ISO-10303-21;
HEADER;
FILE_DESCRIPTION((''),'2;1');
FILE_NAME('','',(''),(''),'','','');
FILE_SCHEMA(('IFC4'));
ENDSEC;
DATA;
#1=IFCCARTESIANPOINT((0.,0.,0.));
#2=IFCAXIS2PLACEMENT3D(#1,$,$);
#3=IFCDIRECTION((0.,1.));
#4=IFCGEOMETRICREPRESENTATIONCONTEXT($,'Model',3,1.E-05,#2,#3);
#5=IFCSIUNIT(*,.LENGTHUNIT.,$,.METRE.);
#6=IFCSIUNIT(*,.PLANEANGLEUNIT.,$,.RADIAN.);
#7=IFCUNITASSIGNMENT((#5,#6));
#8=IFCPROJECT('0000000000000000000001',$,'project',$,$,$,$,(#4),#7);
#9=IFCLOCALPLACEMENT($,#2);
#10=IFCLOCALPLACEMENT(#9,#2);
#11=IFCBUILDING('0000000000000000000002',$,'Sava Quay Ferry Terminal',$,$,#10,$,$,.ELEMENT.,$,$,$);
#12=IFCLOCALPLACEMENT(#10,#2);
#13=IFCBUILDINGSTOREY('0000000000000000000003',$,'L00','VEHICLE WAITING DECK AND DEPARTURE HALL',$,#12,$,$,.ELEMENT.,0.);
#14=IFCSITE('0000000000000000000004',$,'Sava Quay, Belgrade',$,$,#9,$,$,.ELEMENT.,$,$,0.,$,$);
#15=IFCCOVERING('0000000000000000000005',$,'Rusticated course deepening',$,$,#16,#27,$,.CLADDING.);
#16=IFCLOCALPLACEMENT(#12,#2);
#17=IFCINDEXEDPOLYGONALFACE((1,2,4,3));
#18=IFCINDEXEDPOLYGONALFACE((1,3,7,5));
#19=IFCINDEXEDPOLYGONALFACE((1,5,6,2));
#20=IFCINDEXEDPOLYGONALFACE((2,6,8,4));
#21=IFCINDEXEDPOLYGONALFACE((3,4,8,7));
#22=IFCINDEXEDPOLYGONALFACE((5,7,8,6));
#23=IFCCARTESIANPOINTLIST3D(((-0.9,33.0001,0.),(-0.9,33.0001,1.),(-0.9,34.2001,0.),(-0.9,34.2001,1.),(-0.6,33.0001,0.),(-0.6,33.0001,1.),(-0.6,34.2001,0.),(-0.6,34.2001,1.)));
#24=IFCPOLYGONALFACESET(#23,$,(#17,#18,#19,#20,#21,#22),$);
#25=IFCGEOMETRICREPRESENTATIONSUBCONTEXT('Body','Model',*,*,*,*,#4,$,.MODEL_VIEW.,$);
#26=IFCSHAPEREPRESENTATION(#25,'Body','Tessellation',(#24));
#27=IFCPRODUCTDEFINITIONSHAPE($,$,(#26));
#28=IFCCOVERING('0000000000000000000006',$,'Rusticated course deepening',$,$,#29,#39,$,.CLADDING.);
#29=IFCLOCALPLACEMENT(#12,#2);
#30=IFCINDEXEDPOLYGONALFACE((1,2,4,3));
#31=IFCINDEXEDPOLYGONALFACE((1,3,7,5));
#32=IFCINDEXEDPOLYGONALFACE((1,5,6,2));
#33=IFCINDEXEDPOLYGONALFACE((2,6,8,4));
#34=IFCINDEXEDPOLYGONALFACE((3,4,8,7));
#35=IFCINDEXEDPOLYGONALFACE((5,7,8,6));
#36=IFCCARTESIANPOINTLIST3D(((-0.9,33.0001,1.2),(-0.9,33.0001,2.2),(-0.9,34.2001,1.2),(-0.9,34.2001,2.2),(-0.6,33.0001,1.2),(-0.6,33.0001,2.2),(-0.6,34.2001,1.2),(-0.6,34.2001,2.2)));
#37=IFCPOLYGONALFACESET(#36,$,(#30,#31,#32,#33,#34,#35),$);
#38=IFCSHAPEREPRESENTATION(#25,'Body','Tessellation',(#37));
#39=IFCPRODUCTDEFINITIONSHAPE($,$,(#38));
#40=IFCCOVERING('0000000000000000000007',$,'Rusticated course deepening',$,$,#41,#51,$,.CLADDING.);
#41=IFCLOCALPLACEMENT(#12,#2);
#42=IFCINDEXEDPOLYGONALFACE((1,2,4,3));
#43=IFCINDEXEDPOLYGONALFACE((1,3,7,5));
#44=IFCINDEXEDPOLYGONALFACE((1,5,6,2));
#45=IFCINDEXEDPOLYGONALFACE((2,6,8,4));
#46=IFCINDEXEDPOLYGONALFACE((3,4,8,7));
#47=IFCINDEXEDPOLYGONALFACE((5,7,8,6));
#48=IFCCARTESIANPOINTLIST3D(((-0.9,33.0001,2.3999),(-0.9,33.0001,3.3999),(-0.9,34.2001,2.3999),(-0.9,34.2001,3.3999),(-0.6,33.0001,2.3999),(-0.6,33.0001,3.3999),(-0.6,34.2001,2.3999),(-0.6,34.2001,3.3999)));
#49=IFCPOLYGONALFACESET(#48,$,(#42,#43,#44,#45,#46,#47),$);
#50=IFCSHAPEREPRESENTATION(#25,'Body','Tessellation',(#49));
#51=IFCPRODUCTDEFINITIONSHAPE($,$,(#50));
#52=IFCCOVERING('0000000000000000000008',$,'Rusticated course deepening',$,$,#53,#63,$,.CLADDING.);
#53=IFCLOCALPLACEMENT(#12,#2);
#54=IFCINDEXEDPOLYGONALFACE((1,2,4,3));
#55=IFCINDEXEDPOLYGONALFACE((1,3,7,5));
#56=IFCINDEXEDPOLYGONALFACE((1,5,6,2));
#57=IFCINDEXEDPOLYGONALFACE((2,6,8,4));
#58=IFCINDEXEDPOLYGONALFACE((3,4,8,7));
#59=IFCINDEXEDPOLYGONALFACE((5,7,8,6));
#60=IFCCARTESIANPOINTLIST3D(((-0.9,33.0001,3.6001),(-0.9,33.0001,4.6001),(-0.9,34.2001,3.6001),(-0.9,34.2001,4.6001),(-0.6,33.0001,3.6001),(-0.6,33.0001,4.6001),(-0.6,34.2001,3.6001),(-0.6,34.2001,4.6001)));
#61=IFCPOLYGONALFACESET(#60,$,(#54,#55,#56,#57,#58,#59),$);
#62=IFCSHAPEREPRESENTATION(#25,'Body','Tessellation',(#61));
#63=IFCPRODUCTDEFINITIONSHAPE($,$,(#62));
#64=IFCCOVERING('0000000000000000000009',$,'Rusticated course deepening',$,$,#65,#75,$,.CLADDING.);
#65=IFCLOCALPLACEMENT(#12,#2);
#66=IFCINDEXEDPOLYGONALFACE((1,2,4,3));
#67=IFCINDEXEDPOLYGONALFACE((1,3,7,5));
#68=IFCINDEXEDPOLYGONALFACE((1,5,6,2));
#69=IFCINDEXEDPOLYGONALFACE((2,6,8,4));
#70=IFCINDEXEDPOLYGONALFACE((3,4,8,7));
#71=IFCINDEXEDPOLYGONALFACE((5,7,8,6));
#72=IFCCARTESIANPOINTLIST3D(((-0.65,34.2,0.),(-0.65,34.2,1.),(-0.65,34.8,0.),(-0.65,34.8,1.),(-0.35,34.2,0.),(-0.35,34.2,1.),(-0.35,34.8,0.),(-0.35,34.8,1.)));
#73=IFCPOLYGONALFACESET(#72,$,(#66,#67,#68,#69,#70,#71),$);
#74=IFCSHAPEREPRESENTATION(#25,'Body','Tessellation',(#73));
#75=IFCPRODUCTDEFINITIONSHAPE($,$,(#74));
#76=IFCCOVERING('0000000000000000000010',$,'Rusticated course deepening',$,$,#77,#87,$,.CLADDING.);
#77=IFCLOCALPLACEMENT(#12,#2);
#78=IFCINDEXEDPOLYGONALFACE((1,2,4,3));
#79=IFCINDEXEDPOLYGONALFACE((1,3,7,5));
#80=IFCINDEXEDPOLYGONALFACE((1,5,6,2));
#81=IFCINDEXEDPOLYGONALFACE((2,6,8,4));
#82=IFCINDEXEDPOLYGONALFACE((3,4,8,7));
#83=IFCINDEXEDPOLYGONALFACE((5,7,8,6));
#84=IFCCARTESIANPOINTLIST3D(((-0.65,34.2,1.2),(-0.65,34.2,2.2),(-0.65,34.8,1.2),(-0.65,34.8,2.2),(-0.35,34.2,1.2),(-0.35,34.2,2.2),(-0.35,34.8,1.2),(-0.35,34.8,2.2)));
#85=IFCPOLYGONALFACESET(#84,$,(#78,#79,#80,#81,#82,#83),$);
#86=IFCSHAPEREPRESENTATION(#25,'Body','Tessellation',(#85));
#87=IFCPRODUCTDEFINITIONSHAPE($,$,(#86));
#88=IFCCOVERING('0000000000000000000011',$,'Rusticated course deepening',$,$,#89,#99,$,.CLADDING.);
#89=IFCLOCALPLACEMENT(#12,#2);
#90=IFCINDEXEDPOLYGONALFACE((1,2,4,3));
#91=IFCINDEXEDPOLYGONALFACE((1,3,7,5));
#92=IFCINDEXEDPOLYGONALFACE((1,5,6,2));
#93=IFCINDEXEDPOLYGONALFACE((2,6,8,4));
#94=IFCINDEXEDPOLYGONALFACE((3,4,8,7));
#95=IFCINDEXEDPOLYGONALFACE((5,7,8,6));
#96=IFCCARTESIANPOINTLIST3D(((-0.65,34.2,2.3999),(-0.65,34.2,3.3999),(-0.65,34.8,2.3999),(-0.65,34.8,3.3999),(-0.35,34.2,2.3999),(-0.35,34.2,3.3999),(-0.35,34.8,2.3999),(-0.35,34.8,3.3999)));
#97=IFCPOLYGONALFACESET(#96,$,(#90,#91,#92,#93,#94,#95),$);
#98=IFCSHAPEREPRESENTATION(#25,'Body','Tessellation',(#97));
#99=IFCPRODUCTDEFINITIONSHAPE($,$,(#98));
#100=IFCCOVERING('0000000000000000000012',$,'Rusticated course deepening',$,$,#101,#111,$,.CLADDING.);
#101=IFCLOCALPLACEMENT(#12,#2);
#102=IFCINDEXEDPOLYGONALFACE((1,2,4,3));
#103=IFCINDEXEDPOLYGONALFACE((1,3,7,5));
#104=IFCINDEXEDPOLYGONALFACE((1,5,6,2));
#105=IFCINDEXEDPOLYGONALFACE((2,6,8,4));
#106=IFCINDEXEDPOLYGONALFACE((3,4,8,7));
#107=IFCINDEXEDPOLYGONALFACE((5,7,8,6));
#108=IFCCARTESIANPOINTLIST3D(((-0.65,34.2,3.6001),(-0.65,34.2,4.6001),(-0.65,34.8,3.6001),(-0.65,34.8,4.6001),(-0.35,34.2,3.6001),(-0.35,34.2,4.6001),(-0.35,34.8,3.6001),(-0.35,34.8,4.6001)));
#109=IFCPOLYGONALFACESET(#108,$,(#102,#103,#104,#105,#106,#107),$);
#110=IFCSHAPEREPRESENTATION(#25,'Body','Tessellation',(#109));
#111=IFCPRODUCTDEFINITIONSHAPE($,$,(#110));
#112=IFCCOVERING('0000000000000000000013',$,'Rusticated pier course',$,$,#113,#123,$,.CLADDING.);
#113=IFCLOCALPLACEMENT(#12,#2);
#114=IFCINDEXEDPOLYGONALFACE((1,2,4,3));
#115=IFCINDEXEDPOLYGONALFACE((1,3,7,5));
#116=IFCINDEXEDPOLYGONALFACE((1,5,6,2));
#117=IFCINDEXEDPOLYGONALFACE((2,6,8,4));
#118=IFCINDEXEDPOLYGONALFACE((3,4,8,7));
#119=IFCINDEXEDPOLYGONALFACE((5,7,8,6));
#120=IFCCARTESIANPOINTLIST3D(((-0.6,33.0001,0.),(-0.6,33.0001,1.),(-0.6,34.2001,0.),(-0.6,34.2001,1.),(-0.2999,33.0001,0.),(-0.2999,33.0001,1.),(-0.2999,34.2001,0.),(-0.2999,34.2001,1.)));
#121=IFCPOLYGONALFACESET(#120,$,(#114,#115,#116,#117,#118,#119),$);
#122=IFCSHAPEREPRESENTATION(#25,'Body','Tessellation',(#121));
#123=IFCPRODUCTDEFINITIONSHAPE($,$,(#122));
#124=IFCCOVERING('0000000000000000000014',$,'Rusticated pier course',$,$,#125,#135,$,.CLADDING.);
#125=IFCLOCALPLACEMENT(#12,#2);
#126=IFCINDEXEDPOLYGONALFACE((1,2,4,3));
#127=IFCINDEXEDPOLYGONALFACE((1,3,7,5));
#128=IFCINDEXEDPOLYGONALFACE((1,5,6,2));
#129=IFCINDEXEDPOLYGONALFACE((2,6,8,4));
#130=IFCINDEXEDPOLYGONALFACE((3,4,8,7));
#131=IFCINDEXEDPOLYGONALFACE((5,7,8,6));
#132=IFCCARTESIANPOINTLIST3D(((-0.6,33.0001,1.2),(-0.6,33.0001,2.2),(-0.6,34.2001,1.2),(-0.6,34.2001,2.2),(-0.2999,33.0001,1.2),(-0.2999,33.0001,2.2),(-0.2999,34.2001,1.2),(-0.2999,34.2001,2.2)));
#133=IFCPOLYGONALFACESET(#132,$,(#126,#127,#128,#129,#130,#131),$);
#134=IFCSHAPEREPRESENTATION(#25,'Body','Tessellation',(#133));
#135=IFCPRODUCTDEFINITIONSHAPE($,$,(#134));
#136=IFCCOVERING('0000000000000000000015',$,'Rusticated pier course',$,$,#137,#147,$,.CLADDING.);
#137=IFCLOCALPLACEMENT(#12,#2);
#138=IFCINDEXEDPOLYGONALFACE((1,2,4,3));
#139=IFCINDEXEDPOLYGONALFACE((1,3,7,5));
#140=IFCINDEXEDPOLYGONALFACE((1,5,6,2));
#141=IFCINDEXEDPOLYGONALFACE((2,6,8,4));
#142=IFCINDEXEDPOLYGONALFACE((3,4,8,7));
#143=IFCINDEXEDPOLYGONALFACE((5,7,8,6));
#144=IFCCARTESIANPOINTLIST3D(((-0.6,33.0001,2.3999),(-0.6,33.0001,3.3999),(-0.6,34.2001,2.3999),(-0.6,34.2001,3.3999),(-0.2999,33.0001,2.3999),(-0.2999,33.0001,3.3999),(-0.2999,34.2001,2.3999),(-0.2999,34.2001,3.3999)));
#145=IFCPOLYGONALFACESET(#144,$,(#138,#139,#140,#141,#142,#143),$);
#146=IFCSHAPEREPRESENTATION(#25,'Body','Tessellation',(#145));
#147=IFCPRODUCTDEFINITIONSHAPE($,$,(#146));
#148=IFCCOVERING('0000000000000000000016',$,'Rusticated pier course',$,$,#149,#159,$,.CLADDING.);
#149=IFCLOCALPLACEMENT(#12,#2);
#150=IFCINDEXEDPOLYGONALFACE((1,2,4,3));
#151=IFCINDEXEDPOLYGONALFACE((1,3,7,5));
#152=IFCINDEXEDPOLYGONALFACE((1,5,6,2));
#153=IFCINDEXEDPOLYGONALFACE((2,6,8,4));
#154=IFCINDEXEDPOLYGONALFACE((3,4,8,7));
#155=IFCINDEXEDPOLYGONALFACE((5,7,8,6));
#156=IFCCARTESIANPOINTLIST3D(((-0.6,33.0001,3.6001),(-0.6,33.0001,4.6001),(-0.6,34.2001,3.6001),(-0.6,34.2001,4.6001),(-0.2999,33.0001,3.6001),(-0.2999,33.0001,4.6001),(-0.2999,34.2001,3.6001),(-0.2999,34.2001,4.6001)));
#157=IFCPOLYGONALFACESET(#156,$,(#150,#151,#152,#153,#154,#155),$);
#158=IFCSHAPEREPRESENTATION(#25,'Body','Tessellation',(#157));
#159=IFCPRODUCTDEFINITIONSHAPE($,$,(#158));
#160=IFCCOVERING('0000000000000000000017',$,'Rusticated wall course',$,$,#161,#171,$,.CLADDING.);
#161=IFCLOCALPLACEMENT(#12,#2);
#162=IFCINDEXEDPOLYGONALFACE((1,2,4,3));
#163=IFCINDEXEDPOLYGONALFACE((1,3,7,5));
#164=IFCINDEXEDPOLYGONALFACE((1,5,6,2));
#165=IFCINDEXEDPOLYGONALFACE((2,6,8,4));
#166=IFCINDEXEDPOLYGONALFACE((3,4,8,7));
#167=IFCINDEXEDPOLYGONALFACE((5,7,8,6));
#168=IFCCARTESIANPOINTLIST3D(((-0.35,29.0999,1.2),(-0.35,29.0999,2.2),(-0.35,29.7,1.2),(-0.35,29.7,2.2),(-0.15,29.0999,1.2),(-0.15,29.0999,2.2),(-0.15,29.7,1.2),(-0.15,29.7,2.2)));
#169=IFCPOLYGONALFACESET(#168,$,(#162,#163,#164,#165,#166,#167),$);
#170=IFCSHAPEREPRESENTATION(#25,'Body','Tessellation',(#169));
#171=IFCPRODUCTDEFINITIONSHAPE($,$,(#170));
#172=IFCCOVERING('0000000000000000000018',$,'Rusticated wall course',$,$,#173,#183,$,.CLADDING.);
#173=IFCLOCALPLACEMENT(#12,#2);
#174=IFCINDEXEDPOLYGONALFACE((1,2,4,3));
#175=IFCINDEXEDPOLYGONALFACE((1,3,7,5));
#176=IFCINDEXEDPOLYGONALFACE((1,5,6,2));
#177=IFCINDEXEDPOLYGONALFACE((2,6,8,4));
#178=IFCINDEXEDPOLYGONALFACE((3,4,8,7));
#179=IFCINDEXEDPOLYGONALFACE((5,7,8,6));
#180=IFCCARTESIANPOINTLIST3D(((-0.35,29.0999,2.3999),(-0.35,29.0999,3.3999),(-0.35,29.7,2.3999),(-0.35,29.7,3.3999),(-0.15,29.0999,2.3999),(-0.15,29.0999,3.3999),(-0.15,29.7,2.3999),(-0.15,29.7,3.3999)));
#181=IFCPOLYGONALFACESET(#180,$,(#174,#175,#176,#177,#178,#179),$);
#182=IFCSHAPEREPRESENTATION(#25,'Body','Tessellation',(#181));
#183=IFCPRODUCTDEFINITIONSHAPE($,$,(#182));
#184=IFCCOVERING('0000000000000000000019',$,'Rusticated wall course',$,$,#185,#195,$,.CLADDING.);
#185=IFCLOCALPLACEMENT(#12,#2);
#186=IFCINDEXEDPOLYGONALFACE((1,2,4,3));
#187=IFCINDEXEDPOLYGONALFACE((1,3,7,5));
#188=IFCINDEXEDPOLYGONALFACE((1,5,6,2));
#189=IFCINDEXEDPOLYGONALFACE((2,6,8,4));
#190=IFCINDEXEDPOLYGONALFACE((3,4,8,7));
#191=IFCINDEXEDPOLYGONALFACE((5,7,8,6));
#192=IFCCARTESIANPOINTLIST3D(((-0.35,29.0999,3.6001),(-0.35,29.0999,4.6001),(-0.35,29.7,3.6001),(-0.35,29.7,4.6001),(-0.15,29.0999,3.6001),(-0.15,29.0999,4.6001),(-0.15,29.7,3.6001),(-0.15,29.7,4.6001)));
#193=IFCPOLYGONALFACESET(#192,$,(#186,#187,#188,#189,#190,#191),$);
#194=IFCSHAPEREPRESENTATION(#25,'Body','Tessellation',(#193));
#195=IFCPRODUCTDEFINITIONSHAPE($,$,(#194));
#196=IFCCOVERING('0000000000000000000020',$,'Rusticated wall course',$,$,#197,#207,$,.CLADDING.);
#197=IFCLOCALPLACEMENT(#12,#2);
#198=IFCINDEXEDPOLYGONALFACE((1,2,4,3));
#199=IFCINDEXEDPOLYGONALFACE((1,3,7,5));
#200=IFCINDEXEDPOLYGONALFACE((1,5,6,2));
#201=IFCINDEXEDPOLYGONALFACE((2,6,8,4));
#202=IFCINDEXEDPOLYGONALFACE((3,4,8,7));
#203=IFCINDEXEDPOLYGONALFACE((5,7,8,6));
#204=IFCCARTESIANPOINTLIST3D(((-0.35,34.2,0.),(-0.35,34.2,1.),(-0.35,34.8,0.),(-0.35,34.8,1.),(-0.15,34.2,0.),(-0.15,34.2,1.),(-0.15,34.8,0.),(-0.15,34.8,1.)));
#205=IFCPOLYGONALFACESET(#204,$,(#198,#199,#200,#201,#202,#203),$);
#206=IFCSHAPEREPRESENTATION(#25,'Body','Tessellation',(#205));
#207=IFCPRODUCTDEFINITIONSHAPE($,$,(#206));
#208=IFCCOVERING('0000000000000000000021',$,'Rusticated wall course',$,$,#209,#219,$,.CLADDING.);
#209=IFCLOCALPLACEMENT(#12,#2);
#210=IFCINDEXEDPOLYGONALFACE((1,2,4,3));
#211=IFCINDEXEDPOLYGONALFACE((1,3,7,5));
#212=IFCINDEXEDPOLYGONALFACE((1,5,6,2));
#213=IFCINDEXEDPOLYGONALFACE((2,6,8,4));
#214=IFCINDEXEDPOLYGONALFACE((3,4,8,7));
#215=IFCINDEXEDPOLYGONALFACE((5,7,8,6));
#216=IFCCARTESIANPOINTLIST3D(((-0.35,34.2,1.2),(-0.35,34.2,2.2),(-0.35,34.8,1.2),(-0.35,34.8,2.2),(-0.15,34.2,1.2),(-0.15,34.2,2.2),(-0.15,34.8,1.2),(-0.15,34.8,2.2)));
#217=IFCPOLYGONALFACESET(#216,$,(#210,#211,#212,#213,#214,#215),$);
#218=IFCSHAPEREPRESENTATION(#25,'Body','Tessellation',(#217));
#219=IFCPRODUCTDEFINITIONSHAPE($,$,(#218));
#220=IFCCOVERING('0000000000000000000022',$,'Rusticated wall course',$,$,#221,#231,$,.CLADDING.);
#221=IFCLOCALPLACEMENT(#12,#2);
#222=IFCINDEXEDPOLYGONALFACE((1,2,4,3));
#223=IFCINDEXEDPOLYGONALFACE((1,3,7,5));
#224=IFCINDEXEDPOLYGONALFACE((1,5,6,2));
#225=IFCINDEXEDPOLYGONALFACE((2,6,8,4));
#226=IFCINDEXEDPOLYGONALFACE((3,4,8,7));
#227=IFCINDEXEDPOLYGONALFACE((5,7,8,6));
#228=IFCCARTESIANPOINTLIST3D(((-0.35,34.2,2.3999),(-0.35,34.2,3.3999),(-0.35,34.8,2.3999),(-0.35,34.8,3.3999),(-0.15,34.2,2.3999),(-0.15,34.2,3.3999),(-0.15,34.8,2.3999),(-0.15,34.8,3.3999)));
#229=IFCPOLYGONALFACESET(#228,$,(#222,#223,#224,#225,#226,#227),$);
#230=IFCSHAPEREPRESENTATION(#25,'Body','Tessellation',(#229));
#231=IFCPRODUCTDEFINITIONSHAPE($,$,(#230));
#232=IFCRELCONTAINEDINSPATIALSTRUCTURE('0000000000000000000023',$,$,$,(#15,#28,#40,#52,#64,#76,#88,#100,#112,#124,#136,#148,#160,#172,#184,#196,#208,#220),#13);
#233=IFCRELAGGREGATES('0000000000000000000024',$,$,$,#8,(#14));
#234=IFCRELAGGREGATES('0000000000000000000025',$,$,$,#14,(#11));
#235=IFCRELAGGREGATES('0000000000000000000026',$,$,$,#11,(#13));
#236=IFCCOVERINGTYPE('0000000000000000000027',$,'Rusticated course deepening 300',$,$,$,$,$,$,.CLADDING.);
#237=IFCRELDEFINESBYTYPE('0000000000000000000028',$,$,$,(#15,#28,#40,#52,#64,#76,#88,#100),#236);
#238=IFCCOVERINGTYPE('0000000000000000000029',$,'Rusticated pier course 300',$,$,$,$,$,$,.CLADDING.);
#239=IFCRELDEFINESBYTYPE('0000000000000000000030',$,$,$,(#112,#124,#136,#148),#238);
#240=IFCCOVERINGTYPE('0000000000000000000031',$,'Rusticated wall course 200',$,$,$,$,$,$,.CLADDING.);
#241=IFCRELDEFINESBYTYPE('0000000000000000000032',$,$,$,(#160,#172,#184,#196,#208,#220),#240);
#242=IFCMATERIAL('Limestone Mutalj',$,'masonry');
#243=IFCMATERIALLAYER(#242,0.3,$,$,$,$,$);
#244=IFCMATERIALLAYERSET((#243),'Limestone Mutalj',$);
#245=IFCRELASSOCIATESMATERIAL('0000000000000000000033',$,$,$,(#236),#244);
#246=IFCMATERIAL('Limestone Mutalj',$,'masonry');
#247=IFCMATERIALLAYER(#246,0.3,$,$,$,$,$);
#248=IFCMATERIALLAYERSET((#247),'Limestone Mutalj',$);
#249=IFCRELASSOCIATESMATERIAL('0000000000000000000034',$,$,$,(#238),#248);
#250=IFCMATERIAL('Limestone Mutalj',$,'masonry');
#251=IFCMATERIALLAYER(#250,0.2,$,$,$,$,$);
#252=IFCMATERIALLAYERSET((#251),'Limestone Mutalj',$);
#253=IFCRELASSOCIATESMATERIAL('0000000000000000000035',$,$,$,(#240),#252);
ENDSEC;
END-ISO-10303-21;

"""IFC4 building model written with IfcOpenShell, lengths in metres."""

from ifc_helpers import new_model, si_unit, direction, frame, origin, origin_2d, place, context, subcontext, project, spatial, rectangle, extrude, material, layer, layer_set, type_object, element, save


model = new_model("IFC4")

# Units and contexts
model_context = context("Model", 3, precision=1e-05, world=origin(), true_north=direction((0.0, 1.0)))
body_context = subcontext(model_context, "Body", "Model", "MODEL_VIEW")
ifc_project = project(units=[si_unit("LENGTHUNIT", "METRE"), si_unit("PLANEANGLEUNIT", "RADIAN")], contexts=[model_context])

# Site, building, storey
site_placement = place(None, origin())
site = spatial("IfcSite", under=ifc_project, at=site_placement, Name="Sava Quay, Belgrade", CompositionType="ELEMENT", RefElevation=0.0)
building_placement = place(site_placement, origin())
building = spatial("IfcBuilding", under=site, at=building_placement, Name="Sava Quay Ferry Terminal", CompositionType="ELEMENT")
storey_placement = place(building_placement, origin())
storey = spatial("IfcBuildingStorey", under=building, at=storey_placement, Name="L00", Description="VEHICLE WAITING DECK AND DEPARTURE HALL", CompositionType="ELEMENT", Elevation=0.0)

# Coverings
ifc_material_1 = material(Name="Limestone Mutalj", Category="masonry")
ifc_layer_1 = layer(ifc_material_1, 0.3)
ifc_layer_set_1 = layer_set([ifc_layer_1], Name="Limestone Mutalj")
covering_type_1 = type_object("IfcCoveringType", Name="Rusticated course deepening 300", PredefinedType="CLADDING", material=ifc_layer_set_1)
for number, where, z_axis, x_axis, name in (
    (1, (-0.75, 33.6001, 0.0), (0.0, 0.0, 1.0), (1.0, 0.0, 0.0), "Rusticated course deepening"),
    (2, (-0.75, 33.6001, 1.2), (0.0, 0.0, 1.0), (1.0, 0.0, 0.0), "Rusticated course deepening"),
    (3, (-0.75, 33.6001, 2.3999), (0.0, 0.0, 1.0), (1.0, 0.0, 0.0), "Rusticated course deepening"),
    (4, (-0.75, 33.6001, 3.6001), (0.0, 0.0, 1.0), (1.0, 0.0, 0.0), "Rusticated course deepening"),
):
    element("IfcCovering", number, at=place(storey_placement, frame(where, z_axis=z_axis, x_axis=x_axis)), inside=storey, type_object=covering_type_1, Name=name, PredefinedType="CLADDING", context=body_context, shape_type="SweptSolid", body=[
        extrude(rectangle(XDim=0.3, YDim=1.2, at=origin_2d()), origin(), (0.0, 0.0, 1.0), 1.0),
    ])
for number, where, z_axis, x_axis, name in (
    (5, (-0.5, 34.5, 0.0), (0.0, 0.0, 1.0), (1.0, 0.0, 0.0), "Rusticated course deepening"),
    (6, (-0.5, 34.5, 1.2), (0.0, 0.0, 1.0), (1.0, 0.0, 0.0), "Rusticated course deepening"),
    (7, (-0.5, 34.5, 2.3999), (0.0, 0.0, 1.0), (1.0, 0.0, 0.0), "Rusticated course deepening"),
    (8, (-0.5, 34.5, 3.6001), (0.0, 0.0, 1.0), (1.0, 0.0, 0.0), "Rusticated course deepening"),
):
    element("IfcCovering", number, at=place(storey_placement, frame(where, z_axis=z_axis, x_axis=x_axis)), inside=storey, type_object=covering_type_1, Name=name, PredefinedType="CLADDING", context=body_context, shape_type="SweptSolid", body=[
        extrude(rectangle(XDim=0.3, YDim=0.6001, at=origin_2d()), origin(), (0.0, 0.0, 1.0), 1.0),
    ])
ifc_material_2 = material(Name="Limestone Mutalj", Category="masonry")
ifc_layer_2 = layer(ifc_material_2, 0.3)
ifc_layer_set_2 = layer_set([ifc_layer_2], Name="Limestone Mutalj")
covering_type_2 = type_object("IfcCoveringType", Name="Rusticated pier course 300", PredefinedType="CLADDING", material=ifc_layer_set_2)
for number, where, z_axis, x_axis, name in (
    (9, (-0.45, 33.6001, 0.0), (0.0, 0.0, 1.0), (1.0, 0.0, 0.0), "Rusticated pier course"),
    (10, (-0.45, 33.6001, 1.2), (0.0, 0.0, 1.0), (1.0, 0.0, 0.0), "Rusticated pier course"),
    (11, (-0.45, 33.6001, 2.3999), (0.0, 0.0, 1.0), (1.0, 0.0, 0.0), "Rusticated pier course"),
    (12, (-0.45, 33.6001, 3.6001), (0.0, 0.0, 1.0), (1.0, 0.0, 0.0), "Rusticated pier course"),
):
    element("IfcCovering", number, at=place(storey_placement, frame(where, z_axis=z_axis, x_axis=x_axis)), inside=storey, type_object=covering_type_2, Name=name, PredefinedType="CLADDING", context=body_context, shape_type="SweptSolid", body=[
        extrude(rectangle(XDim=0.3, YDim=1.2, at=origin_2d()), origin(), (0.0, 0.0, 1.0), 1.0),
    ])
ifc_material_3 = material(Name="Limestone Mutalj", Category="masonry")
ifc_layer_3 = layer(ifc_material_3, 0.2)
ifc_layer_set_3 = layer_set([ifc_layer_3], Name="Limestone Mutalj")
covering_type_3 = type_object("IfcCoveringType", Name="Rusticated wall course 200", PredefinedType="CLADDING", material=ifc_layer_set_3)
for number, where, z_axis, x_axis, name in (
    (13, (-0.25, 29.3999, 1.2), (0.0, 0.0, 1.0), (1.0, 0.0, 0.0), "Rusticated wall course"),
    (14, (-0.25, 29.3999, 2.3999), (0.0, 0.0, 1.0), (1.0, 0.0, 0.0), "Rusticated wall course"),
    (15, (-0.25, 29.3999, 3.6001), (0.0, 0.0, 1.0), (1.0, 0.0, 0.0), "Rusticated wall course"),
    (16, (-0.25, 34.5, 0.0), (0.0, 0.0, 1.0), (1.0, 0.0, 0.0), "Rusticated wall course"),
    (17, (-0.25, 34.5, 1.2), (0.0, 0.0, 1.0), (1.0, 0.0, 0.0), "Rusticated wall course"),
    (18, (-0.25, 34.5, 2.3999), (0.0, 0.0, 1.0), (1.0, 0.0, 0.0), "Rusticated wall course"),
):
    element("IfcCovering", number, at=place(storey_placement, frame(where, z_axis=z_axis, x_axis=x_axis)), inside=storey, type_object=covering_type_3, Name=name, PredefinedType="CLADDING", context=body_context, shape_type="SweptSolid", body=[
        extrude(rectangle(XDim=0.2, YDim=0.6001, at=origin_2d()), origin(), (0.0, 0.0, 1.0), 1.0),
    ])

save(model, "model.ifc")
